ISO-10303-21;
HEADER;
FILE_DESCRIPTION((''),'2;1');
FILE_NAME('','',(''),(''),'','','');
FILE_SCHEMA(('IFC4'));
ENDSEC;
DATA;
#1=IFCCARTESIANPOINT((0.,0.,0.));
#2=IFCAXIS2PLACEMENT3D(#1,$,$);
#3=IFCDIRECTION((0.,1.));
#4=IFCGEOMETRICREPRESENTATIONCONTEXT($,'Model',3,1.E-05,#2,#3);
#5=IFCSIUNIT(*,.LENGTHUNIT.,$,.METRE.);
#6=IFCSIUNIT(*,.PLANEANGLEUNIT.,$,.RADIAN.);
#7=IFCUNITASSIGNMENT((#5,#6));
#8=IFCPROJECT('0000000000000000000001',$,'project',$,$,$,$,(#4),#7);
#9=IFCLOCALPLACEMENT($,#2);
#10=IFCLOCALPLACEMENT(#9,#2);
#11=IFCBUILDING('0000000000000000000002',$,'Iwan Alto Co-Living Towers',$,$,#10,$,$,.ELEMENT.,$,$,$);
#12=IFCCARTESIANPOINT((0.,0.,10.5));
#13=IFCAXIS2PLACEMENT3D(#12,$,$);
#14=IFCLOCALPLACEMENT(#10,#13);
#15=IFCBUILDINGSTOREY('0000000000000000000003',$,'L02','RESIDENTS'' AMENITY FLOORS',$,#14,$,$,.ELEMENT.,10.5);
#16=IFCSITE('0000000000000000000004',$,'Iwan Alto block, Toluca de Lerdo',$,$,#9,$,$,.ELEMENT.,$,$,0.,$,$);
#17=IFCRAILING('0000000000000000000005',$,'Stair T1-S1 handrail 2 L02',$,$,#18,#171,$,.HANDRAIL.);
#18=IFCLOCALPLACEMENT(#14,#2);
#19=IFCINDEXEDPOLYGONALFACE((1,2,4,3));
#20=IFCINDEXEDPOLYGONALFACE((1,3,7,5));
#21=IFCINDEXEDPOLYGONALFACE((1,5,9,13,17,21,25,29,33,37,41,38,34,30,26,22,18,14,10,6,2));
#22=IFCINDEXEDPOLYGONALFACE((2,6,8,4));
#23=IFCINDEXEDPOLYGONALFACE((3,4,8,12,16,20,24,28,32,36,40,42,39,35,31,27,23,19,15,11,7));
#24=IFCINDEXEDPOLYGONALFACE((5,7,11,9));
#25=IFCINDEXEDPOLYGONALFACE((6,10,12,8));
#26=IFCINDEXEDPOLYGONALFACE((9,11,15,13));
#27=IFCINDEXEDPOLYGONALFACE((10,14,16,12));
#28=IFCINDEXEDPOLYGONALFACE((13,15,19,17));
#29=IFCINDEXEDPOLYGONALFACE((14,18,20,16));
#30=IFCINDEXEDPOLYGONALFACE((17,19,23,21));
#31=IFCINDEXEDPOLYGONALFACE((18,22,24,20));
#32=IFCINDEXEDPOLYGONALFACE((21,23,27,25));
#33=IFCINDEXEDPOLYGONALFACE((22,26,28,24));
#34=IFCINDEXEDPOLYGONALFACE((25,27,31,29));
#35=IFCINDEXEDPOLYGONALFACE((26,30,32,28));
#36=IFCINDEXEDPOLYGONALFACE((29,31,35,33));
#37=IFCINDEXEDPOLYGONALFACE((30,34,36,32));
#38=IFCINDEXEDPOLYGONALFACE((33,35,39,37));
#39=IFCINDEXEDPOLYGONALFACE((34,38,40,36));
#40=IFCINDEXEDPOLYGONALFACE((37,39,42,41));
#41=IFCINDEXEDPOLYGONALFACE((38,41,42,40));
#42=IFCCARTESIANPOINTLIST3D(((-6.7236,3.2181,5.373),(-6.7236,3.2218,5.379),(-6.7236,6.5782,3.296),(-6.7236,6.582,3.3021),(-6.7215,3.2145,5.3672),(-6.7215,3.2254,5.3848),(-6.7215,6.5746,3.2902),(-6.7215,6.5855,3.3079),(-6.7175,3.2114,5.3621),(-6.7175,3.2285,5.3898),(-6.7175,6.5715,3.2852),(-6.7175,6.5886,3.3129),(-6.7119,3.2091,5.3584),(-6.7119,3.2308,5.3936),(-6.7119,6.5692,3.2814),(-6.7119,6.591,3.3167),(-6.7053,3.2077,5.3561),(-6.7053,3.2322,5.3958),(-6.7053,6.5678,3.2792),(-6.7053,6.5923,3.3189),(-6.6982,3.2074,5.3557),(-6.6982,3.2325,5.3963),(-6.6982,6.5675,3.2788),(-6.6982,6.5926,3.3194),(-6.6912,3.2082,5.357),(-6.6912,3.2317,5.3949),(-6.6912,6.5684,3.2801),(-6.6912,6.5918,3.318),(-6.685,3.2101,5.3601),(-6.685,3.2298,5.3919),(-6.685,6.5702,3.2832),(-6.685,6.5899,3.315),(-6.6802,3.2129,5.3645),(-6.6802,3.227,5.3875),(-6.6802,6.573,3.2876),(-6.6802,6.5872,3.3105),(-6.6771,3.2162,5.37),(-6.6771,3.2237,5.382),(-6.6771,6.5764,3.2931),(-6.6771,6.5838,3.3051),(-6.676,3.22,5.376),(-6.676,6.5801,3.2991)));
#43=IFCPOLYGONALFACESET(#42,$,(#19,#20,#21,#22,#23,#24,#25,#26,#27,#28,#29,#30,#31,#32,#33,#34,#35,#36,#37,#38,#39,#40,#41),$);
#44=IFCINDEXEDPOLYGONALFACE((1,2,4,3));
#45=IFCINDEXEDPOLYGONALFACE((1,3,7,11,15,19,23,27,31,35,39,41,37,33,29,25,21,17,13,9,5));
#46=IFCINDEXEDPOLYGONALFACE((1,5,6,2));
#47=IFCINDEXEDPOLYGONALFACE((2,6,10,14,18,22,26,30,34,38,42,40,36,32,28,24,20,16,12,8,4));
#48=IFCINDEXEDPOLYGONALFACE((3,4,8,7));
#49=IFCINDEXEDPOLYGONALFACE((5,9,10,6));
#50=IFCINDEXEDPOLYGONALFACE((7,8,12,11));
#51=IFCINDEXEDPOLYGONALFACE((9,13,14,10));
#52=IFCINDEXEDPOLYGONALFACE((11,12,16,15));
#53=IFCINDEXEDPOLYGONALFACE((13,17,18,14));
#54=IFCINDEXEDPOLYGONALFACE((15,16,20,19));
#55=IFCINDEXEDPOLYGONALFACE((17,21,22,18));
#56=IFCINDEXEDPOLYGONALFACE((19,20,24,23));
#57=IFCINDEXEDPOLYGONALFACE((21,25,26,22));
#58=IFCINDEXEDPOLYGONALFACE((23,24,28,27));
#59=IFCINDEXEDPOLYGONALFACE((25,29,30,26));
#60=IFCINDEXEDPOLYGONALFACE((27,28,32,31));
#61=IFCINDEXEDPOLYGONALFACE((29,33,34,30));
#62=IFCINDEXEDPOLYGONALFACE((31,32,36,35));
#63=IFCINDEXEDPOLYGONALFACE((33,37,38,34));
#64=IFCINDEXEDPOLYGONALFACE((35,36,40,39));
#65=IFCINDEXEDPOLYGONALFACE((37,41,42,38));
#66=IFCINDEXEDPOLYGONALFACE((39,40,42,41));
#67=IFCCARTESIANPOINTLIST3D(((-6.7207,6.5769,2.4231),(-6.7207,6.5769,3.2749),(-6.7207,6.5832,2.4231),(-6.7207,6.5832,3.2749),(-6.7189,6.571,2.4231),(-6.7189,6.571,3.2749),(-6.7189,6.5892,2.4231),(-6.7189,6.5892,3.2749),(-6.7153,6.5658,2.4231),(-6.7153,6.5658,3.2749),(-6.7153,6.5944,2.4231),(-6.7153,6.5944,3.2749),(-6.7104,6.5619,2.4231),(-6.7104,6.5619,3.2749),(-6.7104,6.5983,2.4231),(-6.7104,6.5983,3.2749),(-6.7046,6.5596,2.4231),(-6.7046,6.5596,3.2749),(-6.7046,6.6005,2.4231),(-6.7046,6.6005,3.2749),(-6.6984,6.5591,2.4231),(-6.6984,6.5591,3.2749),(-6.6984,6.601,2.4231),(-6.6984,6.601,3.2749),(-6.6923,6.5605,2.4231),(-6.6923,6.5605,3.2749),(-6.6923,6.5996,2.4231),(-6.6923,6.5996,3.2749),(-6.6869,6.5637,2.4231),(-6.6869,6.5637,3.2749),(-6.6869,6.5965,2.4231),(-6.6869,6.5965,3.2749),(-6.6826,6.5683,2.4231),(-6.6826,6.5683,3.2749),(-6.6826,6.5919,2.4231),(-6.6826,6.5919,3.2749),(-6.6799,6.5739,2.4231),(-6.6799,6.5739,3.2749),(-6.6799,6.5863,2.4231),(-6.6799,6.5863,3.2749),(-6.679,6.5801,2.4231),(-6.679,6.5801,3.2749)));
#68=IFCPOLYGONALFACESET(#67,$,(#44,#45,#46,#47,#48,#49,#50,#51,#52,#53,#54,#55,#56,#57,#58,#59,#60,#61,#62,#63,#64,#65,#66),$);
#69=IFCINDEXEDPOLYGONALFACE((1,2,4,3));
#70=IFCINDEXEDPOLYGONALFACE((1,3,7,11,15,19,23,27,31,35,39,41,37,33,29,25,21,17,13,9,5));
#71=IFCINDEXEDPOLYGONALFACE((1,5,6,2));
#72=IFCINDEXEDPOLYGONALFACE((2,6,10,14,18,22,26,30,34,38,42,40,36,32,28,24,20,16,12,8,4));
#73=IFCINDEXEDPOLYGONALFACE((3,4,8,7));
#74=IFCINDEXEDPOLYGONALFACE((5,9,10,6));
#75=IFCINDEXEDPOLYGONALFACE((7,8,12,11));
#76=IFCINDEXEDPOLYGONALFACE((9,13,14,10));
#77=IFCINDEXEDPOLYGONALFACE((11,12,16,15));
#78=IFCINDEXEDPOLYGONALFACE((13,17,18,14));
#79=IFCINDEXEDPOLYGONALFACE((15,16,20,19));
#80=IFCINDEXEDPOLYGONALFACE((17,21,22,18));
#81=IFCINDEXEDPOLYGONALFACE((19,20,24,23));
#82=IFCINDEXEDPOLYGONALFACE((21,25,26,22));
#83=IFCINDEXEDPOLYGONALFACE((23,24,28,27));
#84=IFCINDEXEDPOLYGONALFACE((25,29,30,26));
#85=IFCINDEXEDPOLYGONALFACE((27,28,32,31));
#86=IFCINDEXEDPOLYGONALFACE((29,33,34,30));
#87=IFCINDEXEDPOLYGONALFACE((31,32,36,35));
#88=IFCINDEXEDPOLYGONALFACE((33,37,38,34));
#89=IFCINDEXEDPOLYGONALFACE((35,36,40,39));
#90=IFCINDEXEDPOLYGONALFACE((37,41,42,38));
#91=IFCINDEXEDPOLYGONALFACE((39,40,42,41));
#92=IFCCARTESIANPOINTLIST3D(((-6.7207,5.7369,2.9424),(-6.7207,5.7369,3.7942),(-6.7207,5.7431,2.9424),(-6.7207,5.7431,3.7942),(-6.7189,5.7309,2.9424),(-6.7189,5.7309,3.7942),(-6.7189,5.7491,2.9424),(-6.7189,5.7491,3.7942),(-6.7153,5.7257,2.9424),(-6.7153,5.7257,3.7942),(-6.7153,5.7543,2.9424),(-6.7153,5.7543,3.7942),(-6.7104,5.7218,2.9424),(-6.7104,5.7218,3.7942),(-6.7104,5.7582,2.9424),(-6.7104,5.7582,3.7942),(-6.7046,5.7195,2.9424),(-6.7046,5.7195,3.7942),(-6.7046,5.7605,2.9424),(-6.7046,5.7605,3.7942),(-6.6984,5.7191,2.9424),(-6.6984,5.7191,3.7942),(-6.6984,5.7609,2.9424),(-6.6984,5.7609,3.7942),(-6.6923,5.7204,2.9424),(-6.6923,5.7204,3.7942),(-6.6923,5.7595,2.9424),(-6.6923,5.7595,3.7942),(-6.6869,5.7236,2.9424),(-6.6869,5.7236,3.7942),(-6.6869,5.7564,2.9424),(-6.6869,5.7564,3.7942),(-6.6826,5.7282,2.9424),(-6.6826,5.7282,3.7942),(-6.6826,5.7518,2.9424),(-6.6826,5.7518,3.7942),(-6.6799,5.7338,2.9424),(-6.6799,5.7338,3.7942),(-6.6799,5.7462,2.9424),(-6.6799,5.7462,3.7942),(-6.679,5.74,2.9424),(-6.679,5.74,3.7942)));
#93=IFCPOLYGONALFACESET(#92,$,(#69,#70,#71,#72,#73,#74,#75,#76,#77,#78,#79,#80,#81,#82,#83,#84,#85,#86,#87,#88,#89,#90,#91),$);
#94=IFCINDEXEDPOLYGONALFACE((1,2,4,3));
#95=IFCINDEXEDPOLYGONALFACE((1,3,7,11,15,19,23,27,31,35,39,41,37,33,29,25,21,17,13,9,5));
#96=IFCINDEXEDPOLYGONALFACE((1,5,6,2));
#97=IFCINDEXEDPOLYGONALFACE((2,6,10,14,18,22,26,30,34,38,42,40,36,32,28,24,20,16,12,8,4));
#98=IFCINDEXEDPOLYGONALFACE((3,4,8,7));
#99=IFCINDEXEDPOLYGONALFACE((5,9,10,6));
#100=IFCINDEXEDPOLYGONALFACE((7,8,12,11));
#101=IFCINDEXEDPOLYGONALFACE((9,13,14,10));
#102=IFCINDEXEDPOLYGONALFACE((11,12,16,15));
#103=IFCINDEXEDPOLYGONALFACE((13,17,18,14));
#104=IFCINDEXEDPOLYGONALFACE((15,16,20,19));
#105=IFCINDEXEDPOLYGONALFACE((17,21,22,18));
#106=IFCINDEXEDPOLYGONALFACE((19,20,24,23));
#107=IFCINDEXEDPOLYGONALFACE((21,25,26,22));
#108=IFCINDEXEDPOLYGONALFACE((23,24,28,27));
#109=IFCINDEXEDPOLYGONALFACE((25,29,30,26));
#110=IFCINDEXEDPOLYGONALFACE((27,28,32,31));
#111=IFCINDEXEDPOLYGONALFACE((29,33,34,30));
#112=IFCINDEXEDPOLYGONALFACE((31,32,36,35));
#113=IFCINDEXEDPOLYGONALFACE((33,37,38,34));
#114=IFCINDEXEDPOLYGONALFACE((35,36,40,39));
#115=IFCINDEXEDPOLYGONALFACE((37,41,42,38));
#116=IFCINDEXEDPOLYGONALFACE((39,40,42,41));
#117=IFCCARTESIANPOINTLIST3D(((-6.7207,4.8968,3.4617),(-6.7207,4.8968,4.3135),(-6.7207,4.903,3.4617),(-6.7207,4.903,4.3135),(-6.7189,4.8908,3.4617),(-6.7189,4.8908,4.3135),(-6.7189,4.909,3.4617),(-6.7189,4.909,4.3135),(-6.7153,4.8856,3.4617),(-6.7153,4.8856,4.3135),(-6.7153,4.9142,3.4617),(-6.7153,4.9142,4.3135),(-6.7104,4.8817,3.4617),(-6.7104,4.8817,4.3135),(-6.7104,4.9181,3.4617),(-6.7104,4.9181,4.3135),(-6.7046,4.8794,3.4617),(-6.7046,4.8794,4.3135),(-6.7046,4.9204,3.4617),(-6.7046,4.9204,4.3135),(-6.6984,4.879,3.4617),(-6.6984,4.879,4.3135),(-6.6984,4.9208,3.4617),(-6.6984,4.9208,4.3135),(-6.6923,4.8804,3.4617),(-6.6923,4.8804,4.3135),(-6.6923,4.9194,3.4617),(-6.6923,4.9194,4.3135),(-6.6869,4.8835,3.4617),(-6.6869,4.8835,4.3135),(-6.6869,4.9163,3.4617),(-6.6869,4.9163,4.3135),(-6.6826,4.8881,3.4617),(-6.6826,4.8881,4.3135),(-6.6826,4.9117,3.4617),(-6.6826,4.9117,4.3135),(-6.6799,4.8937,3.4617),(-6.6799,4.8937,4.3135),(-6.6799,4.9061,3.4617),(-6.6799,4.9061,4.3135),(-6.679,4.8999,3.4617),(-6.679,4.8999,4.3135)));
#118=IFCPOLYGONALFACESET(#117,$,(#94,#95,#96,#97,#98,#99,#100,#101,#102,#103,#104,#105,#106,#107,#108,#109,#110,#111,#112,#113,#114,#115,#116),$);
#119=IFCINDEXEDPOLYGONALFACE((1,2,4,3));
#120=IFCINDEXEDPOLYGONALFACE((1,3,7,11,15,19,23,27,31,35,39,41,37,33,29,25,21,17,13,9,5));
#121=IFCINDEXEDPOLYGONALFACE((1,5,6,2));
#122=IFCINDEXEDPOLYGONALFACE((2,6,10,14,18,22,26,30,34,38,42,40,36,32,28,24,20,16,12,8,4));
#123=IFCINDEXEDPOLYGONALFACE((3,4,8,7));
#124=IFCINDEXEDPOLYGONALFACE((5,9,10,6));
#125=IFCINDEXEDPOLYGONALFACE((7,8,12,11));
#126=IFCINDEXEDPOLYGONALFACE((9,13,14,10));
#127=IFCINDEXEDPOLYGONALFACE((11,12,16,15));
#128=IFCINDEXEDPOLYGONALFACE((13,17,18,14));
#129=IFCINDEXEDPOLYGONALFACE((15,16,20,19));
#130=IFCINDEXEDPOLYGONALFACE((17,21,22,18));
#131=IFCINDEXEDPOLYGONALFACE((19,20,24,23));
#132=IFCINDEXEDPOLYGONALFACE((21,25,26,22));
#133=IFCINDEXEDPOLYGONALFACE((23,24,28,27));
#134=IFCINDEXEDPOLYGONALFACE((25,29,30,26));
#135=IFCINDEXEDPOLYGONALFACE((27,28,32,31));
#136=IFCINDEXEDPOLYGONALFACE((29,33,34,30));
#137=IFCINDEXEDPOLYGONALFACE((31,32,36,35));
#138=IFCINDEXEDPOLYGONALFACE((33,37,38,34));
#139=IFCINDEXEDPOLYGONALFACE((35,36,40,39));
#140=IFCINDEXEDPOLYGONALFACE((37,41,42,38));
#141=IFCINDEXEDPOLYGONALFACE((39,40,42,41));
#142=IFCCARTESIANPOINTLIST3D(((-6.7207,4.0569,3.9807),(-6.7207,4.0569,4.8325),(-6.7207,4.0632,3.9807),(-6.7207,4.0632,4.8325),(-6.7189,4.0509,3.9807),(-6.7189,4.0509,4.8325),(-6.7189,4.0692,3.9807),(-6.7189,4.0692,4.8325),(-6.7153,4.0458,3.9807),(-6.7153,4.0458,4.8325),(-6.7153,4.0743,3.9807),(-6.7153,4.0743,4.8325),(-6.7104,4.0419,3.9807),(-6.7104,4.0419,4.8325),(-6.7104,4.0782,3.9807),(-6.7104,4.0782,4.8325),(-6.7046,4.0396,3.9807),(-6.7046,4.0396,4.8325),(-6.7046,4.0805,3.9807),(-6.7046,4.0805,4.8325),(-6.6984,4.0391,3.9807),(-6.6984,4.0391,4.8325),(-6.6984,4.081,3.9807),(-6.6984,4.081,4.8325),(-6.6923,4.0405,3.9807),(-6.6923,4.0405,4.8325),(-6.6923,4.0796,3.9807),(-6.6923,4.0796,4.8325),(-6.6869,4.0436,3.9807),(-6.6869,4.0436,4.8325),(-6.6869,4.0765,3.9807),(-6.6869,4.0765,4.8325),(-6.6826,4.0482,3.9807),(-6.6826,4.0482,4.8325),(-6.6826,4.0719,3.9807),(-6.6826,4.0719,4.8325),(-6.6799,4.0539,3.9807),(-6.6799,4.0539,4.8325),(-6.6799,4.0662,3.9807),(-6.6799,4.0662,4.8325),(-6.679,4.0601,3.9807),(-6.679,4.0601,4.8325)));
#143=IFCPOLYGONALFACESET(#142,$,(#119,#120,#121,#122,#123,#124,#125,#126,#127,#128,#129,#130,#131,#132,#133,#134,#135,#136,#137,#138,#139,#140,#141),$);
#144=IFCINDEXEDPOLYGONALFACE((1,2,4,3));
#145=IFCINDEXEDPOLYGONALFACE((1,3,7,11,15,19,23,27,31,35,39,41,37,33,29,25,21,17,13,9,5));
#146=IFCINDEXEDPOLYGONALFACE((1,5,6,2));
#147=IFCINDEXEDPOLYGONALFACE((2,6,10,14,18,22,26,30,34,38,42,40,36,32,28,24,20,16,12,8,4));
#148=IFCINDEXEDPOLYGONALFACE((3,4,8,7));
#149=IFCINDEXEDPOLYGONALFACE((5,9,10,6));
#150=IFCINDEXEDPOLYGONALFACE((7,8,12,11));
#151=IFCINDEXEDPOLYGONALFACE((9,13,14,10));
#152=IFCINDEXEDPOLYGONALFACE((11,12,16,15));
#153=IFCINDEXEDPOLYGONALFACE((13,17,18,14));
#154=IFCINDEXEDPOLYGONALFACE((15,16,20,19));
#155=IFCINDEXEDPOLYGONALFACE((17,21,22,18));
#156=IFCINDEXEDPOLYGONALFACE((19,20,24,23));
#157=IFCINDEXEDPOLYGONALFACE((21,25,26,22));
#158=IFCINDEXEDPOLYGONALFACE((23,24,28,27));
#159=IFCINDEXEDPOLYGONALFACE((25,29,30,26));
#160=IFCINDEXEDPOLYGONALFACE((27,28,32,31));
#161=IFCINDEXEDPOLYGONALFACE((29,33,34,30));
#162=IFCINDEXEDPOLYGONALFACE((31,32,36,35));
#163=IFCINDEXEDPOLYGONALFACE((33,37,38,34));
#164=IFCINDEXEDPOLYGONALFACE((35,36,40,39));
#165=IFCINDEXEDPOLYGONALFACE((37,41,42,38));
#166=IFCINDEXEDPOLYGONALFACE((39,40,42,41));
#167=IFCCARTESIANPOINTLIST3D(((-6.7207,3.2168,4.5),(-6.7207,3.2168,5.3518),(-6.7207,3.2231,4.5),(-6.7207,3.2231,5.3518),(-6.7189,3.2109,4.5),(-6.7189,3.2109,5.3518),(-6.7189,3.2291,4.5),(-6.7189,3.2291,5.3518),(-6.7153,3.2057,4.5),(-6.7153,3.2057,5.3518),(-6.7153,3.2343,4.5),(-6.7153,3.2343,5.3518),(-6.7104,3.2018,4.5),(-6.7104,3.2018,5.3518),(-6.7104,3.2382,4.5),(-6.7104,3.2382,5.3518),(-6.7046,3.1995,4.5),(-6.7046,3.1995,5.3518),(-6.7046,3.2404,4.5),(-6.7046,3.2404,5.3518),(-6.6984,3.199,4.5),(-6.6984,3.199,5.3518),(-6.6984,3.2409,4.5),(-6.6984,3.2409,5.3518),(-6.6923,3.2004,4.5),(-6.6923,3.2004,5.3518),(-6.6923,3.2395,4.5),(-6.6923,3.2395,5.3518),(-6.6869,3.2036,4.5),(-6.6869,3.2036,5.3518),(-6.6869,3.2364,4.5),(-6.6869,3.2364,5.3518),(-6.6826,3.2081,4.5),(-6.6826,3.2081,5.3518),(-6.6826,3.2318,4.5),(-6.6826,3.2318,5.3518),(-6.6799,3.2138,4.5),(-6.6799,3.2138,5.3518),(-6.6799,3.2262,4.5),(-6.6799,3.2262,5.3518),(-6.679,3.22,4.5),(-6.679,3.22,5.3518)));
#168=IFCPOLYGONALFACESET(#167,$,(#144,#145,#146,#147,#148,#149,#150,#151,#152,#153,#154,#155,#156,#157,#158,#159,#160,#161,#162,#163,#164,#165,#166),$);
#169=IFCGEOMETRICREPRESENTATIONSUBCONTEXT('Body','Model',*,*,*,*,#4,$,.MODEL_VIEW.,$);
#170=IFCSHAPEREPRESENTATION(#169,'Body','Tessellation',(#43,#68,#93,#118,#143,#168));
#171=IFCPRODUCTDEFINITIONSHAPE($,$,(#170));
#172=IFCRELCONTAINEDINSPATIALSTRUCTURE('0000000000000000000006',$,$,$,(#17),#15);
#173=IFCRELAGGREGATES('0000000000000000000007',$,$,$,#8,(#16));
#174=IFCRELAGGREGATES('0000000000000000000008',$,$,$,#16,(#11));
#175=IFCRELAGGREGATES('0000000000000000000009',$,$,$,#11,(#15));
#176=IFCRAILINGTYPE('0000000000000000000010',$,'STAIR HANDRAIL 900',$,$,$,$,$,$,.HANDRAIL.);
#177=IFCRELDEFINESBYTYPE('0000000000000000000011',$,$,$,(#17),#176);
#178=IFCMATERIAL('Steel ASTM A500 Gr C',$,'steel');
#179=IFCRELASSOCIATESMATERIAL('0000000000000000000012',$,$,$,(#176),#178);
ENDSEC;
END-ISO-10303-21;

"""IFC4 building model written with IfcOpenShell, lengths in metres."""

from ifc_helpers import new_model, si_unit, direction, frame, origin, origin_2d, place, context, subcontext, project, spatial, circle, extrude, material, type_object, element, save


model = new_model("IFC4")

# Units and contexts
model_context = context("Model", 3, precision=1e-05, world=origin(), true_north=direction((0.0, 1.0)))
body_context = subcontext(model_context, "Body", "Model", "MODEL_VIEW")
ifc_project = project(units=[si_unit("LENGTHUNIT", "METRE"), si_unit("PLANEANGLEUNIT", "RADIAN")], contexts=[model_context])

# Site, building, storey
site_placement = place(None, origin())
site = spatial("IfcSite", under=ifc_project, at=site_placement, Name="Iwan Alto block, Toluca de Lerdo", CompositionType="ELEMENT", RefElevation=0.0)
building_placement = place(site_placement, origin())
building = spatial("IfcBuilding", under=site, at=building_placement, Name="Iwan Alto Co-Living Towers", CompositionType="ELEMENT")
storey_placement = place(building_placement, frame((0.0, 0.0, 10.5)))
storey = spatial("IfcBuildingStorey", under=building, at=storey_placement, Name="L02", Description="RESIDENTS' AMENITY FLOORS", CompositionType="ELEMENT", Elevation=10.5)

# Railing
ifc_material_1 = material(Name="Steel ASTM A500 Gr C", Category="steel")
railing_type_1 = type_object("IfcRailingType", Name="STAIR HANDRAIL 900", PredefinedType="HANDRAIL", material=ifc_material_1)
railing_1_placement = place(storey_placement, frame((-6.7, 6.5801, 2.4231)))
element("IfcRailing", 1, at=railing_1_placement, inside=storey, type_object=railing_type_1, Name="Stair T1-S1 handrail 2 L02", PredefinedType="HANDRAIL", context=body_context, shape_type="SweptSolid", body=[
    extrude(circle(Radius=0.0239, at=origin_2d()), frame((0.0, 0.0, 0.876), z_axis=(0.0, -0.850623, 0.525776), x_axis=(1.0, 0.0, 0.0)), (0.0, 0.0, 1.0), 3.9502),
    extrude(circle(Radius=0.021, at=origin_2d()), origin(), (0.0, 0.0, 1.0), 0.8518),
    extrude(circle(Radius=0.021, at=origin_2d()), frame((0.0, -0.8401, 0.5193)), (0.0, 0.0, 1.0), 0.8518),
    extrude(circle(Radius=0.021, at=origin_2d()), frame((0.0, -1.6802, 1.0386)), (0.0, 0.0, 1.0), 0.8518),
    extrude(circle(Radius=0.021, at=origin_2d()), frame((0.0, -2.52, 1.5576)), (0.0, 0.0, 1.0), 0.8518),
    extrude(circle(Radius=0.021, at=origin_2d()), frame((0.0, -3.3601, 2.0769)), (0.0, 0.0, 1.0), 0.8518),
])

save(model, "model.ifc")
